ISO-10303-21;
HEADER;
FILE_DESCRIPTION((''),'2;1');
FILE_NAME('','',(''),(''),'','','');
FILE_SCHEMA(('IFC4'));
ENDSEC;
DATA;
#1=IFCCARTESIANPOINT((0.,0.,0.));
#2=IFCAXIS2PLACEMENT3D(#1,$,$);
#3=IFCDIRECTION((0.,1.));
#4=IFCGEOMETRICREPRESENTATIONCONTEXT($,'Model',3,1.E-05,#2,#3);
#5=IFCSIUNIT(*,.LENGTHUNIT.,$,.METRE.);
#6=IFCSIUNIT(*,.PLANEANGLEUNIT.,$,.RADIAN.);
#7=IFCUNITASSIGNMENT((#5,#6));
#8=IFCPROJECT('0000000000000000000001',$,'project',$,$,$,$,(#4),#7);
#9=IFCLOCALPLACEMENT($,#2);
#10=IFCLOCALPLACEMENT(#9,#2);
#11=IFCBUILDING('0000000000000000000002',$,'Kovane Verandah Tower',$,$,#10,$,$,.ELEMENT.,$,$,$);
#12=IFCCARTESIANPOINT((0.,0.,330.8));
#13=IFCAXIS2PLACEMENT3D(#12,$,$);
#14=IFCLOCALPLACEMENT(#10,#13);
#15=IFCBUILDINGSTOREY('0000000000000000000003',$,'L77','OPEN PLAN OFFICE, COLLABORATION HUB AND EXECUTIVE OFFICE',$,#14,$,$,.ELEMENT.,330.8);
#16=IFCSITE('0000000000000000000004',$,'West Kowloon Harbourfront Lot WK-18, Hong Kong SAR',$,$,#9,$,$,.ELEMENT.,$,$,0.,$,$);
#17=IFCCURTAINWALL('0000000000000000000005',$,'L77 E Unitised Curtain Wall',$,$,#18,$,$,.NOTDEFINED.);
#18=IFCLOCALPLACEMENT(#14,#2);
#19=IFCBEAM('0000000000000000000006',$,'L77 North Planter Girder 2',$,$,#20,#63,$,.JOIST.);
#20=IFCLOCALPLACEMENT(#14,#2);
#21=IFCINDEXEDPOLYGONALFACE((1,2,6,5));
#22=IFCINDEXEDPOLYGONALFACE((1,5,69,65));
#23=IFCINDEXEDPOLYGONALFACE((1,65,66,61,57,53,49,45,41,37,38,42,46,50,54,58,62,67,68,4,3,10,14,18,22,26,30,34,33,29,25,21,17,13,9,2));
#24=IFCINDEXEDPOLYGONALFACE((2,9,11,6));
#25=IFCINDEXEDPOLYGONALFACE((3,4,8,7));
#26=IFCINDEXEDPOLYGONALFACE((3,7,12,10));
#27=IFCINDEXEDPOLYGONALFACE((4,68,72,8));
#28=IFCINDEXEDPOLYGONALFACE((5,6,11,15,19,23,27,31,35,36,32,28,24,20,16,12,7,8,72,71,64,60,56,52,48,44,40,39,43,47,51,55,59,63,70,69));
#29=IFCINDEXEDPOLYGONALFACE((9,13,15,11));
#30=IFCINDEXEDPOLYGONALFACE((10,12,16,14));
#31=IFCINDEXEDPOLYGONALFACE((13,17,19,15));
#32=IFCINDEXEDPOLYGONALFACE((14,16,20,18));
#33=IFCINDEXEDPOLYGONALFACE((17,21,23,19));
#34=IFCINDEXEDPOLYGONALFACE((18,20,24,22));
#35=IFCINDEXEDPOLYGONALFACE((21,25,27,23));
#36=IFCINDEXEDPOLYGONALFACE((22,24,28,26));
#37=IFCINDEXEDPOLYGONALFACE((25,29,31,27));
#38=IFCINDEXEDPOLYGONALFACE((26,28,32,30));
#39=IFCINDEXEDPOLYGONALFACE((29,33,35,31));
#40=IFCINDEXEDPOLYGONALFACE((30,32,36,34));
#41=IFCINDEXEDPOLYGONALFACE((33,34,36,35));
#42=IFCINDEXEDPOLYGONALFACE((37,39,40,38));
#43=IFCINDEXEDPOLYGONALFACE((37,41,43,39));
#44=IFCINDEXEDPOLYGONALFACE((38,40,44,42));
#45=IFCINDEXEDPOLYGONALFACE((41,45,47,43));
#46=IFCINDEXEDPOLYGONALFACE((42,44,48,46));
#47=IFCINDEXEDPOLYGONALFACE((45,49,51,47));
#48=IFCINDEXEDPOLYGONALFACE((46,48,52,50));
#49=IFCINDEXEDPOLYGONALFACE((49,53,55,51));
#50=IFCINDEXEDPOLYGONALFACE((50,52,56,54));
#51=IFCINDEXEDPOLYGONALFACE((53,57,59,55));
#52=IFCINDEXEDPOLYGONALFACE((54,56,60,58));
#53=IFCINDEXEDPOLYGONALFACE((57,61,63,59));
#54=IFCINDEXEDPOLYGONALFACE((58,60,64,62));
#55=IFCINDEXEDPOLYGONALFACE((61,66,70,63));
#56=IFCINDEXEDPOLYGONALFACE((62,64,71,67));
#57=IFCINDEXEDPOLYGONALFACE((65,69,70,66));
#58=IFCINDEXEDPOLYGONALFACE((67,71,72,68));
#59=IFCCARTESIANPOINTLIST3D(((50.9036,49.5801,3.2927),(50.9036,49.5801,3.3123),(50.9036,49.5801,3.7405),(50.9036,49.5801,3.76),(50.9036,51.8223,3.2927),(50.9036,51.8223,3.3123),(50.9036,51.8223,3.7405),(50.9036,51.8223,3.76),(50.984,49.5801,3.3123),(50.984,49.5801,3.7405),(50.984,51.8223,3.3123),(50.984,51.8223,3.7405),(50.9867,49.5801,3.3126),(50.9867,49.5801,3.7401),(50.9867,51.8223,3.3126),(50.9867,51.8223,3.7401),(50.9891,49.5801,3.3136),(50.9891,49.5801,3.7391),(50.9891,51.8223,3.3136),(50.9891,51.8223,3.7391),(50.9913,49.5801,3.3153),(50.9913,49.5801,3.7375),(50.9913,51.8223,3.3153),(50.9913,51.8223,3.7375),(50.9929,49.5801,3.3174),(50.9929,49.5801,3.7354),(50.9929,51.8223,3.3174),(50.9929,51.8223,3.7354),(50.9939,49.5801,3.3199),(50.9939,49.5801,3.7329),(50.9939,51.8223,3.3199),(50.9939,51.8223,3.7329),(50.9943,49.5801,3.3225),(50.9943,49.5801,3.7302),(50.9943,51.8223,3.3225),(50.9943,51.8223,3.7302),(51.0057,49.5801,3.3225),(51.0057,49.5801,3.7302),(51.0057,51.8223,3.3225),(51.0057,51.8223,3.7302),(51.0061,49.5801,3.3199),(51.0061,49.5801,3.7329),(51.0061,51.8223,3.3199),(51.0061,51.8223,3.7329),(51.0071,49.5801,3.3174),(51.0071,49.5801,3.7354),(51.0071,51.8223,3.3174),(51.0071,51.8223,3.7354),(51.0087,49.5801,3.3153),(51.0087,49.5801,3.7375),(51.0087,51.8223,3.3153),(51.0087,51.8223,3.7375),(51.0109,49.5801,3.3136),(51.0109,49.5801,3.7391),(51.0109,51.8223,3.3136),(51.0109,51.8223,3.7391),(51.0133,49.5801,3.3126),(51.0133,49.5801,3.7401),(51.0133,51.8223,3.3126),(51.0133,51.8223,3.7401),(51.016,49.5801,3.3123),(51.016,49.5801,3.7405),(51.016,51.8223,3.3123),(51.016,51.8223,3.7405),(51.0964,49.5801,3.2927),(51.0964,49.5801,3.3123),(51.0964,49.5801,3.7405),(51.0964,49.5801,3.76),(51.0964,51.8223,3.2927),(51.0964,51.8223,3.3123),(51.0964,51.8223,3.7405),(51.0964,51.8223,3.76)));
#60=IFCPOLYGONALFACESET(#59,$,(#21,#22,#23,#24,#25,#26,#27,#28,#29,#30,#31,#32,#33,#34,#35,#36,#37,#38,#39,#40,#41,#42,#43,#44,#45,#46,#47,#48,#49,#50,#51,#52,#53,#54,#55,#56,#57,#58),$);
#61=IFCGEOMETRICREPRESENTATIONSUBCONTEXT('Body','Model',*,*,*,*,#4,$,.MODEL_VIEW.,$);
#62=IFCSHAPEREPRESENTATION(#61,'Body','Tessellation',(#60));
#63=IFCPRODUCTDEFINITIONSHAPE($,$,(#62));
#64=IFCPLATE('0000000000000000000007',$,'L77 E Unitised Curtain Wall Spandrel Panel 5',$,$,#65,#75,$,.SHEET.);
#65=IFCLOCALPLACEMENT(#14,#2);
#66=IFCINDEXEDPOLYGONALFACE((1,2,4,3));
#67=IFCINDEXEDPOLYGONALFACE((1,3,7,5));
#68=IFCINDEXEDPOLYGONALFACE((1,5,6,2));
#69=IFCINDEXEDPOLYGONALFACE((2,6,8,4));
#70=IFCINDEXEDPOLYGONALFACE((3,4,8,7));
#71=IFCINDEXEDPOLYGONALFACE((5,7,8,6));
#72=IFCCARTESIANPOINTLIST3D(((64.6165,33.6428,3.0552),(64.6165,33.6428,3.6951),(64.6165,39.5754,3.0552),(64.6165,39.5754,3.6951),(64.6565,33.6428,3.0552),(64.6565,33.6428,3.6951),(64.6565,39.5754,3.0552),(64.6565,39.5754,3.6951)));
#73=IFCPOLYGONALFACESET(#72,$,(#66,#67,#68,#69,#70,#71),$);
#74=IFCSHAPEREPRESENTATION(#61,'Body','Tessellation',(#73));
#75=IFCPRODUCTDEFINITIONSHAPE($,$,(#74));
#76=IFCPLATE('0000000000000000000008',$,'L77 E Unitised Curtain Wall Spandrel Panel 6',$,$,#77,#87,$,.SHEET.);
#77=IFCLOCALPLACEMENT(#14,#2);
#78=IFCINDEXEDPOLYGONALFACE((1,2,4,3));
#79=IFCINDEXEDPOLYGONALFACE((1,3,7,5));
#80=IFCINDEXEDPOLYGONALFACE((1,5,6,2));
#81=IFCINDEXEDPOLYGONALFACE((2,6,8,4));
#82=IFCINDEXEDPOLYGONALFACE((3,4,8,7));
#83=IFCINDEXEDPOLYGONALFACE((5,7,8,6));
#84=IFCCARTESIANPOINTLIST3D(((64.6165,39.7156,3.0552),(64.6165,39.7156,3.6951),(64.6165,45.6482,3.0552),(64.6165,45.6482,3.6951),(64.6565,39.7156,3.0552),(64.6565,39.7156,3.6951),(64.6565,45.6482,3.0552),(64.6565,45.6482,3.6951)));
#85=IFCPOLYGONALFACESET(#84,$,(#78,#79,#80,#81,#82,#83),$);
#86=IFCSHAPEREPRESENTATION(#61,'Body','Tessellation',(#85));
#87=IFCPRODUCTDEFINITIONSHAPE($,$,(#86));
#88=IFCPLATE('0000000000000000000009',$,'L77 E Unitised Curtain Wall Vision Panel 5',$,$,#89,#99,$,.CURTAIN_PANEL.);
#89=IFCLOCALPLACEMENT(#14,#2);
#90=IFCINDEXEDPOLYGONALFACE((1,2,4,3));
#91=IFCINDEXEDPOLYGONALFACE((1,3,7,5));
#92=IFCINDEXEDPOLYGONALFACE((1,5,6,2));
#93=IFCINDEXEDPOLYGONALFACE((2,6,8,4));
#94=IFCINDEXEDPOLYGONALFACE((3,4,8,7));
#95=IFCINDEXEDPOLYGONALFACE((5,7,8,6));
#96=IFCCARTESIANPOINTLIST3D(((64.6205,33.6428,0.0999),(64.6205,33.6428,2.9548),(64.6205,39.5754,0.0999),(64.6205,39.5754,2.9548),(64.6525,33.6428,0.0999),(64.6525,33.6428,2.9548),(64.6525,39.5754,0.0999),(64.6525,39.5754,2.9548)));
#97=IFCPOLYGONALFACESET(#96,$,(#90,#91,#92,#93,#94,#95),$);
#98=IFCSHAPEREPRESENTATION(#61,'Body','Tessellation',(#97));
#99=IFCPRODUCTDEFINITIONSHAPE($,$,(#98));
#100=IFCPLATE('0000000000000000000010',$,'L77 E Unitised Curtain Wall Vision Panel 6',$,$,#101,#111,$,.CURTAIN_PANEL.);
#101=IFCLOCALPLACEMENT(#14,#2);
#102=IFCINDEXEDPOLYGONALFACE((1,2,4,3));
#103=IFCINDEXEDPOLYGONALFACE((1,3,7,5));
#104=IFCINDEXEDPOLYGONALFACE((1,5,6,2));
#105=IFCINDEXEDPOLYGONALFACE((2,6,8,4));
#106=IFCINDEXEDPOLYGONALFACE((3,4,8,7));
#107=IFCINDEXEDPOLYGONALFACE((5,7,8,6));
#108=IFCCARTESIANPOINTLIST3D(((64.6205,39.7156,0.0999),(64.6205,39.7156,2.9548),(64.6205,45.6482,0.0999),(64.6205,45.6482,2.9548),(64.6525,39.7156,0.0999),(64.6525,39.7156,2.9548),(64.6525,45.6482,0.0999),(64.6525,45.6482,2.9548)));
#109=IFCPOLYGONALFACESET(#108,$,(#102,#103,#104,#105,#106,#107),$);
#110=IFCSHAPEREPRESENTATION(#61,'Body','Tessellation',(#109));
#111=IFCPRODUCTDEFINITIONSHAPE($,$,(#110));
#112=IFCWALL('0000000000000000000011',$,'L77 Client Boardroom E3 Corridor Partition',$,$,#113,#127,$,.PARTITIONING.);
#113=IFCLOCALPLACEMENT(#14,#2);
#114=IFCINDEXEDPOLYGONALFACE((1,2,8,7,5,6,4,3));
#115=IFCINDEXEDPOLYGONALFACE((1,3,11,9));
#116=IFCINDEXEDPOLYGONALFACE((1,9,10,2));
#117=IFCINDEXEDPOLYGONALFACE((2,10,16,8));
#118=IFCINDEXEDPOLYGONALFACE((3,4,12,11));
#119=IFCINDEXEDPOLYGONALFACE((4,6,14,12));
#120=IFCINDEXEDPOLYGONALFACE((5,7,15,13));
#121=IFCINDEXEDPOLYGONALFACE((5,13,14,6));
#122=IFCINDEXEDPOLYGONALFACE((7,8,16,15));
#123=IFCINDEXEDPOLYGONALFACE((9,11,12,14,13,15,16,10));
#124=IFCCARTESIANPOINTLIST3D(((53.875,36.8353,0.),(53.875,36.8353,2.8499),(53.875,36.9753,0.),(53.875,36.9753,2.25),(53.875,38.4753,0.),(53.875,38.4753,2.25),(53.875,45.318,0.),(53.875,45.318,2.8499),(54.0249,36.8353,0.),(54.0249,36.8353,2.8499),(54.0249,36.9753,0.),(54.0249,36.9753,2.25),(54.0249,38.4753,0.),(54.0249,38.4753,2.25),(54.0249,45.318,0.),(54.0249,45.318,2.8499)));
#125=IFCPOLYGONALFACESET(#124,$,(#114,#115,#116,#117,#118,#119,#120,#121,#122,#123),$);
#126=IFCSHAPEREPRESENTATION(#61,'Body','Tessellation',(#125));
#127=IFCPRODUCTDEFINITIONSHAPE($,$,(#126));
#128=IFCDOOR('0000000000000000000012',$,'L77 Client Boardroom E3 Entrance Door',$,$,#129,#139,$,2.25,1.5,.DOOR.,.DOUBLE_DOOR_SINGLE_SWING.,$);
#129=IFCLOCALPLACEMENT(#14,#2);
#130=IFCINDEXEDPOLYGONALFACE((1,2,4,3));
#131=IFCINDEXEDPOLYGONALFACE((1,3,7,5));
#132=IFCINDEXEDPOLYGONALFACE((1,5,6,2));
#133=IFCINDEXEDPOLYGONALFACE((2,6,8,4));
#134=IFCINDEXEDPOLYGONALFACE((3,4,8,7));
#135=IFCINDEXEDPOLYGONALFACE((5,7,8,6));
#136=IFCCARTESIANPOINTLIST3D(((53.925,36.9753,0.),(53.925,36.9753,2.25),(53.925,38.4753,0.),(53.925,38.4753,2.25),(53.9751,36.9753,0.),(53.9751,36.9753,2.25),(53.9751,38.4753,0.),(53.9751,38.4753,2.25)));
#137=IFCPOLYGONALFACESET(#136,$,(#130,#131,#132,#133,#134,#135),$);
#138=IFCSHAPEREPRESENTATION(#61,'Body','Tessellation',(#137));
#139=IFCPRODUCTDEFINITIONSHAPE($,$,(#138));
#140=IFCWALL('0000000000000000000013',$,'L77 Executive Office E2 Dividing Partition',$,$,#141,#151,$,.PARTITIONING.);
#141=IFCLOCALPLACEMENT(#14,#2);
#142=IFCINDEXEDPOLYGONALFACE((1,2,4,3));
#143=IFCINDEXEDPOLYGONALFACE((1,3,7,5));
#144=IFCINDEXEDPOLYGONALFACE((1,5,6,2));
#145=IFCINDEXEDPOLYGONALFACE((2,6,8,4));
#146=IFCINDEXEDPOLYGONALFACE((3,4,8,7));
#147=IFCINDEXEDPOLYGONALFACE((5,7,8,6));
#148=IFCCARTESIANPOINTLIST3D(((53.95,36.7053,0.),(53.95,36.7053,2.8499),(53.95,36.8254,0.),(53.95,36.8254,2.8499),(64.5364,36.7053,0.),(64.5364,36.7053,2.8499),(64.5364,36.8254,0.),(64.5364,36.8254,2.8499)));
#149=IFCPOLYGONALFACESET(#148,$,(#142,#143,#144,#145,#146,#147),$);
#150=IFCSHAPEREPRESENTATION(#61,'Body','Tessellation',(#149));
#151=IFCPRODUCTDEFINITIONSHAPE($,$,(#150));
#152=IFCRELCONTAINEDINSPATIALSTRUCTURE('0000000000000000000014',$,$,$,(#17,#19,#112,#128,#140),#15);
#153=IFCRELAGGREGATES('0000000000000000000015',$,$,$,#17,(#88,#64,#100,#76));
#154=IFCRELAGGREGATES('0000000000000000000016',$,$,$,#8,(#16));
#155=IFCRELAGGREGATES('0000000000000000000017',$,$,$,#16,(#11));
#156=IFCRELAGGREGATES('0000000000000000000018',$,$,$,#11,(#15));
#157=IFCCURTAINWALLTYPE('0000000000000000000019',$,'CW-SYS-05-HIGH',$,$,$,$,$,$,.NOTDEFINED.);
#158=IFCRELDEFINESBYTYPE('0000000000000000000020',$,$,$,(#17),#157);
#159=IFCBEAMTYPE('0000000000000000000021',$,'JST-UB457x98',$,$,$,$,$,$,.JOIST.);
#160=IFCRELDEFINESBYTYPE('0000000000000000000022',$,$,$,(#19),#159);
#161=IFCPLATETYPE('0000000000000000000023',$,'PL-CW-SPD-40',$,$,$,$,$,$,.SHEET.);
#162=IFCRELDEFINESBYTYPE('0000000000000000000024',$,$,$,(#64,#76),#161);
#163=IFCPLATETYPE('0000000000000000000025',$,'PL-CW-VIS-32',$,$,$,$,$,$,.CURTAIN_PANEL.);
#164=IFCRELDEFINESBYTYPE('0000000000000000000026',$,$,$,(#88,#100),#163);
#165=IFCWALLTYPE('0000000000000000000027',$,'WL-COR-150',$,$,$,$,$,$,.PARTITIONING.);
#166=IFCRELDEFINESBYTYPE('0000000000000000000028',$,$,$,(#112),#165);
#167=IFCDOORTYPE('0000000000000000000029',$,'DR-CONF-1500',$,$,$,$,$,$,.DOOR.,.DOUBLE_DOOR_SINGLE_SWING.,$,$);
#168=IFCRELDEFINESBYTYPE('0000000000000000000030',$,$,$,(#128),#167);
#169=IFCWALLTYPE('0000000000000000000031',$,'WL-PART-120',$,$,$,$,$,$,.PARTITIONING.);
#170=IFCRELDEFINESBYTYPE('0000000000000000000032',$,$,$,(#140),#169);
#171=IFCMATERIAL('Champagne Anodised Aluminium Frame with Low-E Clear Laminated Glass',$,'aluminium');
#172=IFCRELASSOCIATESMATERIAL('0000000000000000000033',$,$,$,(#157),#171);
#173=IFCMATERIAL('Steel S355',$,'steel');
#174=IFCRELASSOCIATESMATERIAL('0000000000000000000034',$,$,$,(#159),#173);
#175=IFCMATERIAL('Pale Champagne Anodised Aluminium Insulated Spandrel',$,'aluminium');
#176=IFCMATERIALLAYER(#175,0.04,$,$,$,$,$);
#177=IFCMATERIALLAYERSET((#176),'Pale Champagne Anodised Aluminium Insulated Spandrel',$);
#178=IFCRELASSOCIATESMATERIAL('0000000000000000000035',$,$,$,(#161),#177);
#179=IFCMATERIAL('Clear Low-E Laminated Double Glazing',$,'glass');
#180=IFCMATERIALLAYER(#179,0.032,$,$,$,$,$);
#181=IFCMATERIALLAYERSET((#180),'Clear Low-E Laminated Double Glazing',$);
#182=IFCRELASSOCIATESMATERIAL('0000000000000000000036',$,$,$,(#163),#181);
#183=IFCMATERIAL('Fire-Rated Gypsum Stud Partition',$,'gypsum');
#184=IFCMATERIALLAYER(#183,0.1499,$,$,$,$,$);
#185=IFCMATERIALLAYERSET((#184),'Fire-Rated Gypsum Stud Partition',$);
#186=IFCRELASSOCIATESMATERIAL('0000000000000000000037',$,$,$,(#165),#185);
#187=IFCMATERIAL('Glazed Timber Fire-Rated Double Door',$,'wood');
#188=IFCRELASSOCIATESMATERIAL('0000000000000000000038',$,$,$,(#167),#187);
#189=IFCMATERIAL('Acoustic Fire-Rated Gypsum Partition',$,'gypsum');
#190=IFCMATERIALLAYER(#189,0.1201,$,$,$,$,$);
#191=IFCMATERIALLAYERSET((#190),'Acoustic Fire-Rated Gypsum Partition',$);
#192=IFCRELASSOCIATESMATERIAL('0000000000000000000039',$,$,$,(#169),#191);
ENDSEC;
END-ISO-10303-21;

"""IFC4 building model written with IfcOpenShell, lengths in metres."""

from ifc_helpers import new_model, si_unit, direction, frame, frame_2d, origin, origin_2d, place, context, subcontext, project, spatial, rectangle, i_section, extrude, material, layer, layer_set, material_profile, profile_set, type_object, element, fill, aggregate, save


model = new_model("IFC4")

# Units and contexts
model_context = context("Model", 3, precision=1e-05, world=origin(), true_north=direction((0.0, 1.0)))
body_context = subcontext(model_context, "Body", "Model", "MODEL_VIEW")
ifc_project = project(units=[si_unit("LENGTHUNIT", "METRE"), si_unit("PLANEANGLEUNIT", "RADIAN")], contexts=[model_context])

# Site, building, storey
site_placement = place(None, origin())
site = spatial("IfcSite", under=ifc_project, at=site_placement, Name="West Kowloon Harbourfront Lot WK-18, Hong Kong SAR", CompositionType="ELEMENT", RefElevation=0.0)
building_placement = place(site_placement, origin())
building = spatial("IfcBuilding", under=site, at=building_placement, Name="Kovane Verandah Tower", CompositionType="ELEMENT")
storey_placement = place(building_placement, frame((0.0, 0.0, 330.8)))
storey = spatial("IfcBuildingStorey", under=building, at=storey_placement, Name="L77", Description="OPEN PLAN OFFICE, COLLABORATION HUB AND EXECUTIVE OFFICE", CompositionType="ELEMENT", Elevation=330.8)

# Shared definitions
ifc_material_1 = material(Name="Steel S355", Category="steel")

# Curtain wall
ifc_material_2 = material(Name="Champagne Anodised Aluminium Frame with Low-E Clear Laminated Glass", Category="aluminium")
curtain_wall_type = type_object("IfcCurtainWallType", Name="CW-SYS-05-HIGH", PredefinedType="NOTDEFINED", material=ifc_material_2)
curtain_wall_placement = place(storey_placement, origin())
curtain_wall = element("IfcCurtainWall", 1, at=curtain_wall_placement, inside=storey, type_object=curtain_wall_type, Name="L77 E Unitised Curtain Wall", PredefinedType="NOTDEFINED")

# Beam
ifc_material_profile_1 = material_profile(ifc_material_1, i_section(OverallWidth=0.1929, OverallDepth=0.4673, WebThickness=0.0115, FlangeThickness=0.0195, FilletRadius=0.0103, at=origin_2d()), Name="UB457x191x98")
ifc_profile_set_1 = profile_set([ifc_material_profile_1], Name="Steel S355")
beam_type_1 = type_object("IfcBeamType", Name="JST-UB457x98", PredefinedType="JOIST", material=ifc_profile_set_1)
beam_1_placement = place(storey_placement, frame((51.0, 49.5801, 3.5264), z_axis=(0.0, 1.0, 0.0), x_axis=(-1.0, 0.0, 0.0)))
element("IfcBeam", 2, at=beam_1_placement, inside=storey, type_object=beam_type_1, Name="L77 North Planter Girder 2", PredefinedType="JOIST", context=body_context, shape_type="SweptSolid", body=[
    extrude(i_section(OverallWidth=0.1929, OverallDepth=0.4673, WebThickness=0.0115, FlangeThickness=0.0195, FilletRadius=0.0103, at=origin_2d()), origin(), (0.0, 0.0, 1.0), 2.2422),
])

# Plates
ifc_material_3 = material(Name="Pale Champagne Anodised Aluminium Insulated Spandrel", Category="aluminium")
ifc_layer_1 = layer(ifc_material_3, 0.04)
ifc_layer_set_1 = layer_set([ifc_layer_1], Name="Pale Champagne Anodised Aluminium Insulated Spandrel")
plate_type_1 = type_object("IfcPlateType", Name="PL-CW-SPD-40", PredefinedType="SHEET", material=ifc_layer_set_1)
plate_1_placement = place(storey_placement, frame((64.6365, 36.6091, 3.0552), z_axis=(0.0, 0.0, 1.0), x_axis=(0.0, 1.0, 0.0)))
plate_1 = element("IfcPlate", 3, at=plate_1_placement, type_object=plate_type_1, Name="L77 E Unitised Curtain Wall Spandrel Panel 5", PredefinedType="SHEET", context=body_context, shape_type="SweptSolid", body=[
    extrude(rectangle(XDim=5.9326, YDim=0.04, at=origin_2d()), origin(), (0.0, 0.0, 1.0), 0.6399),
])
plate_2_placement = place(storey_placement, frame((64.6365, 42.6819, 3.0552), z_axis=(0.0, 0.0, 1.0), x_axis=(0.0, 1.0, 0.0)))
plate_2 = element("IfcPlate", 4, at=plate_2_placement, type_object=plate_type_1, Name="L77 E Unitised Curtain Wall Spandrel Panel 6", PredefinedType="SHEET", context=body_context, shape_type="SweptSolid", body=[
    extrude(rectangle(XDim=5.9326, YDim=0.04, at=origin_2d()), origin(), (0.0, 0.0, 1.0), 0.6399),
])
ifc_material_4 = material(Name="Clear Low-E Laminated Double Glazing", Category="glass")
ifc_layer_2 = layer(ifc_material_4, 0.032)
ifc_layer_set_2 = layer_set([ifc_layer_2], Name="Clear Low-E Laminated Double Glazing")
plate_type_2 = type_object("IfcPlateType", Name="PL-CW-VIS-32", PredefinedType="CURTAIN_PANEL", material=ifc_layer_set_2)
plate_3_placement = place(storey_placement, frame((64.6365, 36.6091, 0.0999), z_axis=(0.0, 0.0, 1.0), x_axis=(0.0, 1.0, 0.0)))
plate_3 = element("IfcPlate", 5, at=plate_3_placement, type_object=plate_type_2, Name="L77 E Unitised Curtain Wall Vision Panel 5", PredefinedType="CURTAIN_PANEL", context=body_context, shape_type="SweptSolid", body=[
    extrude(rectangle(XDim=5.9326, YDim=0.032, at=origin_2d()), origin(), (0.0, 0.0, 1.0), 2.855),
])
plate_4_placement = place(storey_placement, frame((64.6365, 42.6819, 0.0999), z_axis=(0.0, 0.0, 1.0), x_axis=(0.0, 1.0, 0.0)))
plate_4 = element("IfcPlate", 6, at=plate_4_placement, type_object=plate_type_2, Name="L77 E Unitised Curtain Wall Vision Panel 6", PredefinedType="CURTAIN_PANEL", context=body_context, shape_type="SweptSolid", body=[
    extrude(rectangle(XDim=5.9326, YDim=0.032, at=origin_2d()), origin(), (0.0, 0.0, 1.0), 2.855),
])
aggregate(curtain_wall, [plate_3, plate_1, plate_4, plate_2])

# Wall, opening, door
ifc_material_5 = material(Name="Fire-Rated Gypsum Stud Partition", Category="gypsum")
ifc_layer_3 = layer(ifc_material_5, 0.1499)
ifc_layer_set_3 = layer_set([ifc_layer_3], Name="Fire-Rated Gypsum Stud Partition")
wall_type_1 = type_object("IfcWallType", Name="WL-COR-150", PredefinedType="PARTITIONING", material=ifc_layer_set_3)
wall_1_placement = place(storey_placement, frame((53.95, 36.8354, 0.0), z_axis=(0.0, 0.0, 1.0), x_axis=(0.0, 1.0, 0.0)))
wall_1 = element("IfcWall", 7, at=wall_1_placement, inside=storey, type_object=wall_type_1, Name="L77 Client Boardroom E3 Corridor Partition", PredefinedType="PARTITIONING", context=body_context, shape_type="SweptSolid", body=[
    extrude(rectangle(XDim=8.4827, YDim=0.1499, at=frame_2d((4.2412, 0.0))), origin(), (0.0, 0.0, 1.0), 2.8499),
])
opening_1_placement = place(wall_1_placement, frame((0.1399, 0.0, 0.0)))
opening_1 = element("IfcOpeningElement", 8, at=opening_1_placement, cuts=wall_1, PredefinedType="OPENING", context=body_context, shape_type="SweptSolid", body=[
    extrude(rectangle(XDim=1.5, YDim=2.25, at=frame_2d((0.75, 1.125))), frame((0.0, 0.075, 0.0), z_axis=(0.0, -1.0, 0.0), x_axis=(1.0, 0.0, 0.0)), (0.0, 0.0, 1.0), 0.1499),
])
ifc_material_6 = material(Name="Glazed Timber Fire-Rated Double Door", Category="wood")
door_type_1 = type_object("IfcDoorType", Name="DR-CONF-1500", OperationType="DOUBLE_DOOR_SINGLE_SWING", PredefinedType="DOOR", material=ifc_material_6)
door_1_placement = place(opening_1_placement, origin())
door_1 = element("IfcDoor", 9, at=door_1_placement, inside=storey, type_object=door_type_1, Name="L77 Client Boardroom E3 Entrance Door", OperationType="DOUBLE_DOOR_SINGLE_SWING", OverallHeight=2.25, OverallWidth=1.5, PredefinedType="DOOR", context=body_context, shape_type="SweptSolid", body=[
    extrude(rectangle(XDim=1.5, YDim=2.25, at=frame_2d((0.75, 1.125))), frame((0.0, 0.0249, 0.0), z_axis=(0.0, -1.0, 0.0), x_axis=(1.0, 0.0, 0.0)), (0.0, 0.0, 1.0), 0.05),
])
fill(opening_1, door_1)

# Wall
ifc_material_7 = material(Name="Acoustic Fire-Rated Gypsum Partition", Category="gypsum")
ifc_layer_4 = layer(ifc_material_7, 0.1201)
ifc_layer_set_4 = layer_set([ifc_layer_4], Name="Acoustic Fire-Rated Gypsum Partition")
wall_type_2 = type_object("IfcWallType", Name="WL-PART-120", PredefinedType="PARTITIONING", material=ifc_layer_set_4)
wall_2_placement = place(storey_placement, frame((53.95, 36.7654, 0.0), z_axis=(0.0, 0.0, 1.0), x_axis=(1.0, 0.0, 0.0)))
element("IfcWall", 10, at=wall_2_placement, inside=storey, type_object=wall_type_2, Name="L77 Executive Office E2 Dividing Partition", PredefinedType="PARTITIONING", context=body_context, shape_type="SweptSolid", body=[
    extrude(rectangle(XDim=10.5864, YDim=0.1201, at=frame_2d((5.2932, 0.0))), origin(), (0.0, 0.0, 1.0), 2.8499),
])

save(model, "model.ifc")
